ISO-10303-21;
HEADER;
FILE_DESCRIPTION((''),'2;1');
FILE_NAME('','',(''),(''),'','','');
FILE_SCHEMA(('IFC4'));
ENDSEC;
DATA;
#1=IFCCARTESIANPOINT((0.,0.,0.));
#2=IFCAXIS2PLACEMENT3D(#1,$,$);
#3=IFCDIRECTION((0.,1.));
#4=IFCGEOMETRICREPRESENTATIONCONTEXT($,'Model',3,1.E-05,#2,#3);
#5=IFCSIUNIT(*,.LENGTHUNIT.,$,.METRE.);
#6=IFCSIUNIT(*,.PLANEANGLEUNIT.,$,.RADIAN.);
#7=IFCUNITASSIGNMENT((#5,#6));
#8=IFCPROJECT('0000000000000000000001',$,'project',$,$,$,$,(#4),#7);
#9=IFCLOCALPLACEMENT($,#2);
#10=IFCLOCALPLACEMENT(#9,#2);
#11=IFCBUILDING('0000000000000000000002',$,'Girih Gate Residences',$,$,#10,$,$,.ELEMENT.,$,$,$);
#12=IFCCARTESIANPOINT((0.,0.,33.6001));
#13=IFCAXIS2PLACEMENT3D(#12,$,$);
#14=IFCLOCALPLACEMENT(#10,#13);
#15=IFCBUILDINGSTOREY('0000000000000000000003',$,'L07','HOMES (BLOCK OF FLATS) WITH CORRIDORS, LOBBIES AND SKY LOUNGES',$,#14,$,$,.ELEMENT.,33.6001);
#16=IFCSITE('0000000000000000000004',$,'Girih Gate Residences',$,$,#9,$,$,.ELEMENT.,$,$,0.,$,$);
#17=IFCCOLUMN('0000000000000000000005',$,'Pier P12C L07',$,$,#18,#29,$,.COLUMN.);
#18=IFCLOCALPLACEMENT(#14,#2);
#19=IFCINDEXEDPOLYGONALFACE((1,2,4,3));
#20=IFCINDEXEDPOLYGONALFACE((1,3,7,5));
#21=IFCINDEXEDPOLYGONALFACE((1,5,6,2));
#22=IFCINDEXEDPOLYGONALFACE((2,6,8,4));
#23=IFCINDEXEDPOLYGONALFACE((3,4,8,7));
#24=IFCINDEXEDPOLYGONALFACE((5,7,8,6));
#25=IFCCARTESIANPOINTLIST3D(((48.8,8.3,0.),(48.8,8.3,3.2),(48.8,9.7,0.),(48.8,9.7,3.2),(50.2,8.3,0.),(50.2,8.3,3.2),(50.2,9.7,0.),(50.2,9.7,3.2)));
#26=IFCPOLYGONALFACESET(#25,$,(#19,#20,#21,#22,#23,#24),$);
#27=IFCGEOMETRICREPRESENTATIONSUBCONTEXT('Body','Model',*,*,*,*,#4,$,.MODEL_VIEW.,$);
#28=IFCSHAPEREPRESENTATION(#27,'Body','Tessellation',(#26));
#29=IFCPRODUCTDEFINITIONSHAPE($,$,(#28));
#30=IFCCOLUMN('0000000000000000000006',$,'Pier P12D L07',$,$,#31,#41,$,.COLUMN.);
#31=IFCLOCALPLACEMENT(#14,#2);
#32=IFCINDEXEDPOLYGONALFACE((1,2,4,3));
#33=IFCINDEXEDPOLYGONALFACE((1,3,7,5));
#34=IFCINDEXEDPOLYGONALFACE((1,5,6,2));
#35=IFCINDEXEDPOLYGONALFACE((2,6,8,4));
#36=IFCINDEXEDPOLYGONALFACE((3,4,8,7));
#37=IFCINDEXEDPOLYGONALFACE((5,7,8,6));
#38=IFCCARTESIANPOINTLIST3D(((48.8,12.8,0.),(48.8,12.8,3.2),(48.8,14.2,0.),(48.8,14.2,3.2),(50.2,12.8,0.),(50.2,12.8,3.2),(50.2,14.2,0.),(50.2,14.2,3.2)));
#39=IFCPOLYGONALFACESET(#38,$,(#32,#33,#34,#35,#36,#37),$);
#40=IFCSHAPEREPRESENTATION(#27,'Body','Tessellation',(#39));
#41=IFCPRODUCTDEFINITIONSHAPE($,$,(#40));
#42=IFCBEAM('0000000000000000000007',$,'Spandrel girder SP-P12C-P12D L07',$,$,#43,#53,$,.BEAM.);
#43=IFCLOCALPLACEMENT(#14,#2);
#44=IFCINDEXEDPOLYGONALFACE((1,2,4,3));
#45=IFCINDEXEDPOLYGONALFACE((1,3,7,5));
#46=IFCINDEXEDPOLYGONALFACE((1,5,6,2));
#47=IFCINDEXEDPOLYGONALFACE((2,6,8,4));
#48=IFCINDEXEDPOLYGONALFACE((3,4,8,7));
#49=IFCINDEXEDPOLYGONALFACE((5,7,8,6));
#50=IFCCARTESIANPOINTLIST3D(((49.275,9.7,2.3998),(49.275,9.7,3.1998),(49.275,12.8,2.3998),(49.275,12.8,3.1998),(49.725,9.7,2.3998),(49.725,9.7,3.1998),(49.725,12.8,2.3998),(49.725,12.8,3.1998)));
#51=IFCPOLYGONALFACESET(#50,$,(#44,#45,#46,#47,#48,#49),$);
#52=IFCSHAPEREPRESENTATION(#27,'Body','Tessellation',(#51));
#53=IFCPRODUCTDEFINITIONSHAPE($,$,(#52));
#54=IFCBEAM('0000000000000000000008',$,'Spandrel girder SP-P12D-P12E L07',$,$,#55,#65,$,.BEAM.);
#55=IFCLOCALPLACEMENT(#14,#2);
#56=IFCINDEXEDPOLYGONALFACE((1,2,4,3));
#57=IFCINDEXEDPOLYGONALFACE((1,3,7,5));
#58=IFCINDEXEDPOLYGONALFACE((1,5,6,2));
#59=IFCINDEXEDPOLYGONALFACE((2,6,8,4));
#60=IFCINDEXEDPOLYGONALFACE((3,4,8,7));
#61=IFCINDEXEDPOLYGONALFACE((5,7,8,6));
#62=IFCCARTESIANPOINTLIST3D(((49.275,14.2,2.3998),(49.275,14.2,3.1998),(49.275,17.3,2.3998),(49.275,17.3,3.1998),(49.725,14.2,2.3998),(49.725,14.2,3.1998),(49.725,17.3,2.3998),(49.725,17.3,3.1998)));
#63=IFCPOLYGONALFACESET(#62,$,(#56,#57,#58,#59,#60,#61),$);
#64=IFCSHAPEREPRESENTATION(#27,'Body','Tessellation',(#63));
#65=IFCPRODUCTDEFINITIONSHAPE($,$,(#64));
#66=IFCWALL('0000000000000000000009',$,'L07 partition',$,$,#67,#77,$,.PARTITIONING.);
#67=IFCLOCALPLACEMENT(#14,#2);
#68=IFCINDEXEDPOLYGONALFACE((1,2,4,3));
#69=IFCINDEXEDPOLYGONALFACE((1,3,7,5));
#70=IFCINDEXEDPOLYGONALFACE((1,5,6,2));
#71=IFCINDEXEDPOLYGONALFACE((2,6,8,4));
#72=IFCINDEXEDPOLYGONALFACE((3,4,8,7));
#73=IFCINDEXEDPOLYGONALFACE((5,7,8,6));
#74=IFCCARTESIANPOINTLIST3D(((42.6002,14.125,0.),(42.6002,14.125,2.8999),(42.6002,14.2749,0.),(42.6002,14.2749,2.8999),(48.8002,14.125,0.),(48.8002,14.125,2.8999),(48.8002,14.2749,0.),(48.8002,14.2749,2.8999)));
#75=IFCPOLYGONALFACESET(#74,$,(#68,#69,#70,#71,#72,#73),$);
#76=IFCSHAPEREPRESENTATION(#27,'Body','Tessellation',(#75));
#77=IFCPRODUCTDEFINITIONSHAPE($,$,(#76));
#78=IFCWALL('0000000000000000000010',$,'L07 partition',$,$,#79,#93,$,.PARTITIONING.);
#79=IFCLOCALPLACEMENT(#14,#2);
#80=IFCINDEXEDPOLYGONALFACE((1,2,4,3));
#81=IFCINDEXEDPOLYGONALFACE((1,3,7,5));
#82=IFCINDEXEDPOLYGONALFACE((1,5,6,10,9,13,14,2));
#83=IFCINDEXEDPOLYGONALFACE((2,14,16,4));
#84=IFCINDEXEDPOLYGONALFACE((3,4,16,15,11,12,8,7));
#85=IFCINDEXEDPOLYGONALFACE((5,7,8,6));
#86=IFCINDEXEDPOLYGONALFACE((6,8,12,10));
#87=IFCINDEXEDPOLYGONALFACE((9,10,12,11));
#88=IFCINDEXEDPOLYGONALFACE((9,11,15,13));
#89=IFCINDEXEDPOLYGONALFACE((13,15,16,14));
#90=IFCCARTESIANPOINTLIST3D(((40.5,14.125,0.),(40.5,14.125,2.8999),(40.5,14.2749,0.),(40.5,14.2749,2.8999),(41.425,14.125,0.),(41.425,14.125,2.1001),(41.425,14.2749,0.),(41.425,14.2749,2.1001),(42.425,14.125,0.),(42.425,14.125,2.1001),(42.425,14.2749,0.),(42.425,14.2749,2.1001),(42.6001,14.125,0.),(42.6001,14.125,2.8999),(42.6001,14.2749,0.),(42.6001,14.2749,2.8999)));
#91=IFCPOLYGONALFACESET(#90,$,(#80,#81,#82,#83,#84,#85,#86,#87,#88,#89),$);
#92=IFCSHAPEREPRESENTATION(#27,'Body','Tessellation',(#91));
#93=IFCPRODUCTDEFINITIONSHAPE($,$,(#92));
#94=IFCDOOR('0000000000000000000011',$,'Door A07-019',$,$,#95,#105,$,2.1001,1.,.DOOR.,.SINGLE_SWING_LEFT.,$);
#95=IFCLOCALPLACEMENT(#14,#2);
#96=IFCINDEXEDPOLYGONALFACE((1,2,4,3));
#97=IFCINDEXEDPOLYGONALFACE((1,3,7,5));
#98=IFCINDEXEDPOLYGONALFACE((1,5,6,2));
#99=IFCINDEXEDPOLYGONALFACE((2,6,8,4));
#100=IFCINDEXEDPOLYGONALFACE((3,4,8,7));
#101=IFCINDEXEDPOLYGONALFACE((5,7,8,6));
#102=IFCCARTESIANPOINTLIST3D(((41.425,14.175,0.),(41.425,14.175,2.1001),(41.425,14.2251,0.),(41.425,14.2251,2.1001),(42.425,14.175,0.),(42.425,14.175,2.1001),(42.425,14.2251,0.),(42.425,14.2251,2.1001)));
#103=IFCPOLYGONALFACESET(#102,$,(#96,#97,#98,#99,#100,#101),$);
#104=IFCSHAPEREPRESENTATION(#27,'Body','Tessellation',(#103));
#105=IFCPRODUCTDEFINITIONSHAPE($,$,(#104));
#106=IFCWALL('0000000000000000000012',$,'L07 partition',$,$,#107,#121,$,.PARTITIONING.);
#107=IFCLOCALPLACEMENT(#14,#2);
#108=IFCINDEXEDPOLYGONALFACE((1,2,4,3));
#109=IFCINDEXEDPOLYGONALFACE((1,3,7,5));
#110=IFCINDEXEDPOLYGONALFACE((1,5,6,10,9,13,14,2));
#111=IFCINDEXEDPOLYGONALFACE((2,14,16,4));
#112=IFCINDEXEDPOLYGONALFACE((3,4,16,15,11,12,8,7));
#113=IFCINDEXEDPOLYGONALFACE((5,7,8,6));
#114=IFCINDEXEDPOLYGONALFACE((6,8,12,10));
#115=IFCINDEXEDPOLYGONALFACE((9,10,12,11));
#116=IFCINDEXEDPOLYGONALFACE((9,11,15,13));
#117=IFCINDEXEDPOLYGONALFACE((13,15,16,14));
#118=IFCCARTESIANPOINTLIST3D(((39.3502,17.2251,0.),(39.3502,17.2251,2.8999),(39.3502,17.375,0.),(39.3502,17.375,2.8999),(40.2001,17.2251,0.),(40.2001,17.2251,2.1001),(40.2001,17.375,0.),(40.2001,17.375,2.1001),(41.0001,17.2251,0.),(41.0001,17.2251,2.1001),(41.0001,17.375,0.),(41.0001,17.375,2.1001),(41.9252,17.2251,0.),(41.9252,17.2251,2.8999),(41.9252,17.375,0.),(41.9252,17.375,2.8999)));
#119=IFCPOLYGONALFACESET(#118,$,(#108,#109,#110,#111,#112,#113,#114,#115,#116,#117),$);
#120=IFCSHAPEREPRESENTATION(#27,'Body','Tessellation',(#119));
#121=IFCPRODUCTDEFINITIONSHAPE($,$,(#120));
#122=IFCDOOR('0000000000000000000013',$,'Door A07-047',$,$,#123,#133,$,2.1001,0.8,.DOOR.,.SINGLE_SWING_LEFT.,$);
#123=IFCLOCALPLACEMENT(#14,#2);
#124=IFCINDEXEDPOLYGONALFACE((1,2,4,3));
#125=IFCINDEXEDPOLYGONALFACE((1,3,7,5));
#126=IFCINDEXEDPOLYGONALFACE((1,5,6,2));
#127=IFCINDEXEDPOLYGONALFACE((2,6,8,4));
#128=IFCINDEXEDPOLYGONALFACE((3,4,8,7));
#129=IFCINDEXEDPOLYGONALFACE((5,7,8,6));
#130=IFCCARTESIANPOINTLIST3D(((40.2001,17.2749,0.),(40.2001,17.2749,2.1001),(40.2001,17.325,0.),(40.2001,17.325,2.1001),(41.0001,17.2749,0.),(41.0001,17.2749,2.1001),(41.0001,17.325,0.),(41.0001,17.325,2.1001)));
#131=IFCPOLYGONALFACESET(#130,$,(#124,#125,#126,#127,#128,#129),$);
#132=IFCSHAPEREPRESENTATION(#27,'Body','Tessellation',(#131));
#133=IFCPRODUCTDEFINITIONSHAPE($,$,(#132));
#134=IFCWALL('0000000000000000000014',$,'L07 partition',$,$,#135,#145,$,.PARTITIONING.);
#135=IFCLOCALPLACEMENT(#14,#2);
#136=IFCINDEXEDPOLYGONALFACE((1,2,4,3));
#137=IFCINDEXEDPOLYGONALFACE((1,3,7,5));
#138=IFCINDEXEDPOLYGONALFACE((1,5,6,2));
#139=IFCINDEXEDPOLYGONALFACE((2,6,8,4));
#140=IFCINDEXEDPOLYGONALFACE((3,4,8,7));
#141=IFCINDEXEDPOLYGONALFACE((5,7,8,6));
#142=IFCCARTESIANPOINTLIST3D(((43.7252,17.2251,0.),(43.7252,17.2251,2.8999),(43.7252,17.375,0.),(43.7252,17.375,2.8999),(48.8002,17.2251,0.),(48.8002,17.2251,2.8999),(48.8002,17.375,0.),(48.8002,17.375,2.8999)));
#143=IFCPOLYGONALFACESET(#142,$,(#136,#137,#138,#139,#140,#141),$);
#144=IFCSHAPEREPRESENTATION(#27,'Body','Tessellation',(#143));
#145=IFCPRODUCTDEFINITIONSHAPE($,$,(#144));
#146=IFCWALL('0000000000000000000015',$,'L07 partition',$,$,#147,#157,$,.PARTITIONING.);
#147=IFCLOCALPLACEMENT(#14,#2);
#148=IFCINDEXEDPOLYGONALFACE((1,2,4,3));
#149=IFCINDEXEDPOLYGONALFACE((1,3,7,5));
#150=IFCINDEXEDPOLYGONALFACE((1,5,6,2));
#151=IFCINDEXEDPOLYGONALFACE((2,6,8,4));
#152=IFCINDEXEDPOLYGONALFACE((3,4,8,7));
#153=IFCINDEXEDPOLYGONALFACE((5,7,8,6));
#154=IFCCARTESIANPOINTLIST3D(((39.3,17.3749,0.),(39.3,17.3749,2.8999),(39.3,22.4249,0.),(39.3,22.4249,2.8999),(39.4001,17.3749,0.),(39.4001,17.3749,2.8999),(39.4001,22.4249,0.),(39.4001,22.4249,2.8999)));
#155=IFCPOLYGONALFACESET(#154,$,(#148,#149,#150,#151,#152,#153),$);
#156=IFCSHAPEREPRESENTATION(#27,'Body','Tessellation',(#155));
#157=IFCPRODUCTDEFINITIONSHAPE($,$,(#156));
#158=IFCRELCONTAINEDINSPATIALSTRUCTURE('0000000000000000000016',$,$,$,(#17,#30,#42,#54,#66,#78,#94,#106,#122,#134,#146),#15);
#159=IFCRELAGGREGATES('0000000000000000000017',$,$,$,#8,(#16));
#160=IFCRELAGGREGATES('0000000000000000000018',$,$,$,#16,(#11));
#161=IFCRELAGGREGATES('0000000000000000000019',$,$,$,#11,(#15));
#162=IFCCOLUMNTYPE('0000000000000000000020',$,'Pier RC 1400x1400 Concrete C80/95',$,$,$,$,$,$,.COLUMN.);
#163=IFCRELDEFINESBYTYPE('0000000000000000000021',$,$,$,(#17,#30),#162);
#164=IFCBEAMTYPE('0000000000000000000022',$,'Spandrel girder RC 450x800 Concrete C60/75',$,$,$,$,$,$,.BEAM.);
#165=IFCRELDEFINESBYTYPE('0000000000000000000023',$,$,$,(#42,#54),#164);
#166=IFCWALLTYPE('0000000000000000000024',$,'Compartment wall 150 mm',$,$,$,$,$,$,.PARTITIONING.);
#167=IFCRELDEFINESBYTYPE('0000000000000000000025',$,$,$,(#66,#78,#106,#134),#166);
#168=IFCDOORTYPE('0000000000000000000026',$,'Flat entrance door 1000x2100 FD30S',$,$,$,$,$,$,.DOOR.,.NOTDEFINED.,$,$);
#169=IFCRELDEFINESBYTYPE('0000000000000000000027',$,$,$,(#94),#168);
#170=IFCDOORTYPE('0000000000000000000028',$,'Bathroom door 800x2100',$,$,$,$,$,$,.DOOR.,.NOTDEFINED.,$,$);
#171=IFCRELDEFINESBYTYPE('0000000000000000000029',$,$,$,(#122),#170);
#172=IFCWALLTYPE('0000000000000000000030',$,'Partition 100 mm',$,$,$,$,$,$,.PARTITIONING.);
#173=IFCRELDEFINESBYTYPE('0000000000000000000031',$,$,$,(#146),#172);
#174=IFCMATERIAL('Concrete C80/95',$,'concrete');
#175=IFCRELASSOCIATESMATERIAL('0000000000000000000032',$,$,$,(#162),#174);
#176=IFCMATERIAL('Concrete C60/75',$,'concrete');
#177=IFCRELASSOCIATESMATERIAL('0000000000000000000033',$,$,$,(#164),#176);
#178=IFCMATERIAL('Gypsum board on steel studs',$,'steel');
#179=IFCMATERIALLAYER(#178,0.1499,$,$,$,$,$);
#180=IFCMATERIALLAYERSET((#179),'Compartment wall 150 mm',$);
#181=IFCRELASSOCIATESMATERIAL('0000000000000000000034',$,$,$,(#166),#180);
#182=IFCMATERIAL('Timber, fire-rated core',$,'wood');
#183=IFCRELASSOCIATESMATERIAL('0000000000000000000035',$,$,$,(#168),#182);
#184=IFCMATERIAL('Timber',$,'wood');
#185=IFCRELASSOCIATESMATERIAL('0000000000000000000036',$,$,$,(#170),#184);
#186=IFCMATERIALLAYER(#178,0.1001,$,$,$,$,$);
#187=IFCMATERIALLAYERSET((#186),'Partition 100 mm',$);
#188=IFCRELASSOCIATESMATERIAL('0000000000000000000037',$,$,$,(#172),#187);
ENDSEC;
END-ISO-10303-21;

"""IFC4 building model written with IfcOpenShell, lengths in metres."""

from ifc_helpers import new_model, si_unit, direction, frame, frame_2d, origin, origin_2d, place, context, subcontext, project, spatial, rectangle, extrude, material, layer, layer_set, material_profile, profile_set, type_object, element, fill, save


model = new_model("IFC4")

# Units and contexts
model_context = context("Model", 3, precision=1e-05, world=origin(), true_north=direction((0.0, 1.0)))
body_context = subcontext(model_context, "Body", "Model", "MODEL_VIEW")
ifc_project = project(units=[si_unit("LENGTHUNIT", "METRE"), si_unit("PLANEANGLEUNIT", "RADIAN")], contexts=[model_context])

# Site, building, storey
site_placement = place(None, origin())
site = spatial("IfcSite", under=ifc_project, at=site_placement, Name="Girih Gate Residences", CompositionType="ELEMENT", RefElevation=0.0)
building_placement = place(site_placement, origin())
building = spatial("IfcBuilding", under=site, at=building_placement, Name="Girih Gate Residences", CompositionType="ELEMENT")
storey_placement = place(building_placement, frame((0.0, 0.0, 33.6001)))
storey = spatial("IfcBuildingStorey", under=building, at=storey_placement, Name="L07", Description="HOMES (BLOCK OF FLATS) WITH CORRIDORS, LOBBIES AND SKY LOUNGES", CompositionType="ELEMENT", Elevation=33.6001)

# Columns
ifc_material_1 = material(Name="Concrete C80/95", Category="concrete")
ifc_material_profile_1 = material_profile(ifc_material_1, rectangle(XDim=1.3999, YDim=1.3999, at=origin_2d()))
ifc_profile_set_1 = profile_set([ifc_material_profile_1], Name="Concrete C80/95")
column_type = type_object("IfcColumnType", Name="Pier RC 1400x1400 Concrete C80/95", PredefinedType="COLUMN", material=ifc_profile_set_1)
for number, where, z_axis, x_axis, name in (
    (1, (49.5, 9.0, 0.0), (0.0, 0.0, 1.0), (1.0, 0.0, 0.0), "Pier P12C L07"),
    (2, (49.5, 13.5, 0.0), (0.0, 0.0, 1.0), (1.0, 0.0, 0.0), "Pier P12D L07"),
):
    element("IfcColumn", number, at=place(storey_placement, frame(where, z_axis=z_axis, x_axis=x_axis)), inside=storey, type_object=column_type, Name=name, PredefinedType="COLUMN", context=body_context, shape_type="SweptSolid", body=[
        extrude(rectangle(XDim=1.3999, YDim=1.3999, at=origin_2d()), origin(), (0.0, 0.0, 1.0), 3.2),
    ])

# Beams
ifc_material_2 = material(Name="Concrete C60/75", Category="concrete")
ifc_material_profile_2 = material_profile(ifc_material_2, rectangle(XDim=0.45, YDim=0.8, at=origin_2d()))
ifc_profile_set_2 = profile_set([ifc_material_profile_2], Name="Concrete C60/75")
beam_type = type_object("IfcBeamType", Name="Spandrel girder RC 450x800 Concrete C60/75", PredefinedType="BEAM", material=ifc_profile_set_2)
for number, where, z_axis, x_axis, name in (
    (3, (49.5, 9.7, 2.7998), (0.0, 1.0, 0.0), (-1.0, 0.0, 0.0), "Spandrel girder SP-P12C-P12D L07"),
    (4, (49.5, 14.2, 2.7998), (0.0, 1.0, 0.0), (-1.0, 0.0, 0.0), "Spandrel girder SP-P12D-P12E L07"),
):
    element("IfcBeam", number, at=place(storey_placement, frame(where, z_axis=z_axis, x_axis=x_axis)), inside=storey, type_object=beam_type, Name=name, PredefinedType="BEAM", context=body_context, shape_type="SweptSolid", body=[
        extrude(rectangle(XDim=0.45, YDim=0.8, at=origin_2d()), origin(), (0.0, 0.0, 1.0), 3.1001),
    ])

# Wall
ifc_material_3 = material(Name="Gypsum board on steel studs", Category="steel")
ifc_layer_1 = layer(ifc_material_3, 0.1499)
ifc_layer_set_1 = layer_set([ifc_layer_1], Name="Compartment wall 150 mm")
wall_type_1 = type_object("IfcWallType", Name="Compartment wall 150 mm", PredefinedType="PARTITIONING", material=ifc_layer_set_1)
wall_1_placement = place(storey_placement, frame((42.6001, 14.2, 0.0), z_axis=(0.0, 0.0, 1.0), x_axis=(1.0, 0.0, 0.0)))
element("IfcWall", 5, at=wall_1_placement, inside=storey, type_object=wall_type_1, Name="L07 partition", PredefinedType="PARTITIONING", context=body_context, shape_type="SweptSolid", body=[
    extrude(rectangle(XDim=6.2, YDim=0.1499, at=frame_2d((3.1001, 0.0))), origin(), (0.0, 0.0, 1.0), 2.8999),
])

# Walls, openings, doors
wall_2_placement = place(storey_placement, frame((42.6001, 14.2, 0.0), z_axis=(0.0, 0.0, 1.0), x_axis=(-1.0, 0.0, 0.0)))
wall_2 = element("IfcWall", 6, at=wall_2_placement, inside=storey, type_object=wall_type_1, Name="L07 partition", PredefinedType="PARTITIONING", context=body_context, shape_type="SweptSolid", body=[
    extrude(rectangle(XDim=2.1001, YDim=0.1499, at=frame_2d((1.05, 0.0))), origin(), (0.0, 0.0, 1.0), 2.8999),
])
opening_1_placement = place(wall_2_placement, frame((0.175, 0.0, 0.0)))
opening_1 = element("IfcOpeningElement", 7, at=opening_1_placement, cuts=wall_2, PredefinedType="OPENING", context=body_context, shape_type="SweptSolid", body=[
    extrude(rectangle(XDim=1.0, YDim=2.1001, at=frame_2d((0.5, 1.05))), frame((0.0, 0.085, 0.0), z_axis=(0.0, -1.0, 0.0), x_axis=(1.0, 0.0, 0.0)), (0.0, 0.0, 1.0), 0.1699),
])
ifc_material_4 = material(Name="Timber, fire-rated core", Category="wood")
door_type_1 = type_object("IfcDoorType", Name="Flat entrance door 1000x2100 FD30S", OperationType="NOTDEFINED", PredefinedType="DOOR", material=ifc_material_4)
door_1_placement = place(opening_1_placement, origin())
door_1 = element("IfcDoor", 8, at=door_1_placement, inside=storey, type_object=door_type_1, Name="Door A07-019", OperationType="SINGLE_SWING_LEFT", OverallHeight=2.1001, OverallWidth=1.0, PredefinedType="DOOR", context=body_context, shape_type="SweptSolid", body=[
    extrude(rectangle(XDim=1.0, YDim=2.1001, at=frame_2d((0.5, 1.05))), frame((0.0, 0.0249, 0.0), z_axis=(0.0, -1.0, 0.0), x_axis=(1.0, 0.0, 0.0)), (0.0, 0.0, 1.0), 0.05),
])
fill(opening_1, door_1)
wall_3_placement = place(storey_placement, frame((39.3501, 17.3, 0.0), z_axis=(0.0, 0.0, 1.0), x_axis=(1.0, 0.0, 0.0)))
wall_3 = element("IfcWall", 9, at=wall_3_placement, inside=storey, type_object=wall_type_1, Name="L07 partition", PredefinedType="PARTITIONING", context=body_context, shape_type="SweptSolid", body=[
    extrude(rectangle(XDim=2.575, YDim=0.1499, at=frame_2d((1.2876, 0.0))), origin(), (0.0, 0.0, 1.0), 2.8999),
])
opening_2_placement = place(wall_3_placement, frame((0.8501, 0.0, 0.0)))
opening_2 = element("IfcOpeningElement", 10, at=opening_2_placement, cuts=wall_3, PredefinedType="OPENING", context=body_context, shape_type="SweptSolid", body=[
    extrude(rectangle(XDim=0.8, YDim=2.1001, at=frame_2d((0.3999, 1.05))), frame((0.0, 0.085, 0.0), z_axis=(0.0, -1.0, 0.0), x_axis=(1.0, 0.0, 0.0)), (0.0, 0.0, 1.0), 0.1699),
])
ifc_material_5 = material(Name="Timber", Category="wood")
door_type_2 = type_object("IfcDoorType", Name="Bathroom door 800x2100", OperationType="NOTDEFINED", PredefinedType="DOOR", material=ifc_material_5)
door_2_placement = place(opening_2_placement, origin())
door_2 = element("IfcDoor", 11, at=door_2_placement, inside=storey, type_object=door_type_2, Name="Door A07-047", OperationType="SINGLE_SWING_LEFT", OverallHeight=2.1001, OverallWidth=0.8, PredefinedType="DOOR", context=body_context, shape_type="SweptSolid", body=[
    extrude(rectangle(XDim=0.8, YDim=2.1001, at=frame_2d((0.3999, 1.05))), frame((0.0, 0.0249, 0.0), z_axis=(0.0, -1.0, 0.0), x_axis=(1.0, 0.0, 0.0)), (0.0, 0.0, 1.0), 0.05),
])
fill(opening_2, door_2)

# Walls
wall_4_placement = place(storey_placement, frame((43.7251, 17.3, 0.0), z_axis=(0.0, 0.0, 1.0), x_axis=(1.0, 0.0, 0.0)))
element("IfcWall", 12, at=wall_4_placement, inside=storey, type_object=wall_type_1, Name="L07 partition", PredefinedType="PARTITIONING", context=body_context, shape_type="SweptSolid", body=[
    extrude(rectangle(XDim=5.075, YDim=0.1499, at=frame_2d((2.5376, 0.0))), origin(), (0.0, 0.0, 1.0), 2.8999),
])
ifc_layer_2 = layer(ifc_material_3, 0.1001)
ifc_layer_set_2 = layer_set([ifc_layer_2], Name="Partition 100 mm")
wall_type_2 = type_object("IfcWallType", Name="Partition 100 mm", PredefinedType="PARTITIONING", material=ifc_layer_set_2)
wall_5_placement = place(storey_placement, frame((39.3501, 17.375, 0.0), z_axis=(0.0, 0.0, 1.0), x_axis=(0.0, 1.0, 0.0)))
element("IfcWall", 13, at=wall_5_placement, inside=storey, type_object=wall_type_2, Name="L07 partition", PredefinedType="PARTITIONING", context=body_context, shape_type="SweptSolid", body=[
    extrude(rectangle(XDim=5.05, YDim=0.1001, at=frame_2d((2.5249, 0.0))), origin(), (0.0, 0.0, 1.0), 2.8999),
])

save(model, "model.ifc")
